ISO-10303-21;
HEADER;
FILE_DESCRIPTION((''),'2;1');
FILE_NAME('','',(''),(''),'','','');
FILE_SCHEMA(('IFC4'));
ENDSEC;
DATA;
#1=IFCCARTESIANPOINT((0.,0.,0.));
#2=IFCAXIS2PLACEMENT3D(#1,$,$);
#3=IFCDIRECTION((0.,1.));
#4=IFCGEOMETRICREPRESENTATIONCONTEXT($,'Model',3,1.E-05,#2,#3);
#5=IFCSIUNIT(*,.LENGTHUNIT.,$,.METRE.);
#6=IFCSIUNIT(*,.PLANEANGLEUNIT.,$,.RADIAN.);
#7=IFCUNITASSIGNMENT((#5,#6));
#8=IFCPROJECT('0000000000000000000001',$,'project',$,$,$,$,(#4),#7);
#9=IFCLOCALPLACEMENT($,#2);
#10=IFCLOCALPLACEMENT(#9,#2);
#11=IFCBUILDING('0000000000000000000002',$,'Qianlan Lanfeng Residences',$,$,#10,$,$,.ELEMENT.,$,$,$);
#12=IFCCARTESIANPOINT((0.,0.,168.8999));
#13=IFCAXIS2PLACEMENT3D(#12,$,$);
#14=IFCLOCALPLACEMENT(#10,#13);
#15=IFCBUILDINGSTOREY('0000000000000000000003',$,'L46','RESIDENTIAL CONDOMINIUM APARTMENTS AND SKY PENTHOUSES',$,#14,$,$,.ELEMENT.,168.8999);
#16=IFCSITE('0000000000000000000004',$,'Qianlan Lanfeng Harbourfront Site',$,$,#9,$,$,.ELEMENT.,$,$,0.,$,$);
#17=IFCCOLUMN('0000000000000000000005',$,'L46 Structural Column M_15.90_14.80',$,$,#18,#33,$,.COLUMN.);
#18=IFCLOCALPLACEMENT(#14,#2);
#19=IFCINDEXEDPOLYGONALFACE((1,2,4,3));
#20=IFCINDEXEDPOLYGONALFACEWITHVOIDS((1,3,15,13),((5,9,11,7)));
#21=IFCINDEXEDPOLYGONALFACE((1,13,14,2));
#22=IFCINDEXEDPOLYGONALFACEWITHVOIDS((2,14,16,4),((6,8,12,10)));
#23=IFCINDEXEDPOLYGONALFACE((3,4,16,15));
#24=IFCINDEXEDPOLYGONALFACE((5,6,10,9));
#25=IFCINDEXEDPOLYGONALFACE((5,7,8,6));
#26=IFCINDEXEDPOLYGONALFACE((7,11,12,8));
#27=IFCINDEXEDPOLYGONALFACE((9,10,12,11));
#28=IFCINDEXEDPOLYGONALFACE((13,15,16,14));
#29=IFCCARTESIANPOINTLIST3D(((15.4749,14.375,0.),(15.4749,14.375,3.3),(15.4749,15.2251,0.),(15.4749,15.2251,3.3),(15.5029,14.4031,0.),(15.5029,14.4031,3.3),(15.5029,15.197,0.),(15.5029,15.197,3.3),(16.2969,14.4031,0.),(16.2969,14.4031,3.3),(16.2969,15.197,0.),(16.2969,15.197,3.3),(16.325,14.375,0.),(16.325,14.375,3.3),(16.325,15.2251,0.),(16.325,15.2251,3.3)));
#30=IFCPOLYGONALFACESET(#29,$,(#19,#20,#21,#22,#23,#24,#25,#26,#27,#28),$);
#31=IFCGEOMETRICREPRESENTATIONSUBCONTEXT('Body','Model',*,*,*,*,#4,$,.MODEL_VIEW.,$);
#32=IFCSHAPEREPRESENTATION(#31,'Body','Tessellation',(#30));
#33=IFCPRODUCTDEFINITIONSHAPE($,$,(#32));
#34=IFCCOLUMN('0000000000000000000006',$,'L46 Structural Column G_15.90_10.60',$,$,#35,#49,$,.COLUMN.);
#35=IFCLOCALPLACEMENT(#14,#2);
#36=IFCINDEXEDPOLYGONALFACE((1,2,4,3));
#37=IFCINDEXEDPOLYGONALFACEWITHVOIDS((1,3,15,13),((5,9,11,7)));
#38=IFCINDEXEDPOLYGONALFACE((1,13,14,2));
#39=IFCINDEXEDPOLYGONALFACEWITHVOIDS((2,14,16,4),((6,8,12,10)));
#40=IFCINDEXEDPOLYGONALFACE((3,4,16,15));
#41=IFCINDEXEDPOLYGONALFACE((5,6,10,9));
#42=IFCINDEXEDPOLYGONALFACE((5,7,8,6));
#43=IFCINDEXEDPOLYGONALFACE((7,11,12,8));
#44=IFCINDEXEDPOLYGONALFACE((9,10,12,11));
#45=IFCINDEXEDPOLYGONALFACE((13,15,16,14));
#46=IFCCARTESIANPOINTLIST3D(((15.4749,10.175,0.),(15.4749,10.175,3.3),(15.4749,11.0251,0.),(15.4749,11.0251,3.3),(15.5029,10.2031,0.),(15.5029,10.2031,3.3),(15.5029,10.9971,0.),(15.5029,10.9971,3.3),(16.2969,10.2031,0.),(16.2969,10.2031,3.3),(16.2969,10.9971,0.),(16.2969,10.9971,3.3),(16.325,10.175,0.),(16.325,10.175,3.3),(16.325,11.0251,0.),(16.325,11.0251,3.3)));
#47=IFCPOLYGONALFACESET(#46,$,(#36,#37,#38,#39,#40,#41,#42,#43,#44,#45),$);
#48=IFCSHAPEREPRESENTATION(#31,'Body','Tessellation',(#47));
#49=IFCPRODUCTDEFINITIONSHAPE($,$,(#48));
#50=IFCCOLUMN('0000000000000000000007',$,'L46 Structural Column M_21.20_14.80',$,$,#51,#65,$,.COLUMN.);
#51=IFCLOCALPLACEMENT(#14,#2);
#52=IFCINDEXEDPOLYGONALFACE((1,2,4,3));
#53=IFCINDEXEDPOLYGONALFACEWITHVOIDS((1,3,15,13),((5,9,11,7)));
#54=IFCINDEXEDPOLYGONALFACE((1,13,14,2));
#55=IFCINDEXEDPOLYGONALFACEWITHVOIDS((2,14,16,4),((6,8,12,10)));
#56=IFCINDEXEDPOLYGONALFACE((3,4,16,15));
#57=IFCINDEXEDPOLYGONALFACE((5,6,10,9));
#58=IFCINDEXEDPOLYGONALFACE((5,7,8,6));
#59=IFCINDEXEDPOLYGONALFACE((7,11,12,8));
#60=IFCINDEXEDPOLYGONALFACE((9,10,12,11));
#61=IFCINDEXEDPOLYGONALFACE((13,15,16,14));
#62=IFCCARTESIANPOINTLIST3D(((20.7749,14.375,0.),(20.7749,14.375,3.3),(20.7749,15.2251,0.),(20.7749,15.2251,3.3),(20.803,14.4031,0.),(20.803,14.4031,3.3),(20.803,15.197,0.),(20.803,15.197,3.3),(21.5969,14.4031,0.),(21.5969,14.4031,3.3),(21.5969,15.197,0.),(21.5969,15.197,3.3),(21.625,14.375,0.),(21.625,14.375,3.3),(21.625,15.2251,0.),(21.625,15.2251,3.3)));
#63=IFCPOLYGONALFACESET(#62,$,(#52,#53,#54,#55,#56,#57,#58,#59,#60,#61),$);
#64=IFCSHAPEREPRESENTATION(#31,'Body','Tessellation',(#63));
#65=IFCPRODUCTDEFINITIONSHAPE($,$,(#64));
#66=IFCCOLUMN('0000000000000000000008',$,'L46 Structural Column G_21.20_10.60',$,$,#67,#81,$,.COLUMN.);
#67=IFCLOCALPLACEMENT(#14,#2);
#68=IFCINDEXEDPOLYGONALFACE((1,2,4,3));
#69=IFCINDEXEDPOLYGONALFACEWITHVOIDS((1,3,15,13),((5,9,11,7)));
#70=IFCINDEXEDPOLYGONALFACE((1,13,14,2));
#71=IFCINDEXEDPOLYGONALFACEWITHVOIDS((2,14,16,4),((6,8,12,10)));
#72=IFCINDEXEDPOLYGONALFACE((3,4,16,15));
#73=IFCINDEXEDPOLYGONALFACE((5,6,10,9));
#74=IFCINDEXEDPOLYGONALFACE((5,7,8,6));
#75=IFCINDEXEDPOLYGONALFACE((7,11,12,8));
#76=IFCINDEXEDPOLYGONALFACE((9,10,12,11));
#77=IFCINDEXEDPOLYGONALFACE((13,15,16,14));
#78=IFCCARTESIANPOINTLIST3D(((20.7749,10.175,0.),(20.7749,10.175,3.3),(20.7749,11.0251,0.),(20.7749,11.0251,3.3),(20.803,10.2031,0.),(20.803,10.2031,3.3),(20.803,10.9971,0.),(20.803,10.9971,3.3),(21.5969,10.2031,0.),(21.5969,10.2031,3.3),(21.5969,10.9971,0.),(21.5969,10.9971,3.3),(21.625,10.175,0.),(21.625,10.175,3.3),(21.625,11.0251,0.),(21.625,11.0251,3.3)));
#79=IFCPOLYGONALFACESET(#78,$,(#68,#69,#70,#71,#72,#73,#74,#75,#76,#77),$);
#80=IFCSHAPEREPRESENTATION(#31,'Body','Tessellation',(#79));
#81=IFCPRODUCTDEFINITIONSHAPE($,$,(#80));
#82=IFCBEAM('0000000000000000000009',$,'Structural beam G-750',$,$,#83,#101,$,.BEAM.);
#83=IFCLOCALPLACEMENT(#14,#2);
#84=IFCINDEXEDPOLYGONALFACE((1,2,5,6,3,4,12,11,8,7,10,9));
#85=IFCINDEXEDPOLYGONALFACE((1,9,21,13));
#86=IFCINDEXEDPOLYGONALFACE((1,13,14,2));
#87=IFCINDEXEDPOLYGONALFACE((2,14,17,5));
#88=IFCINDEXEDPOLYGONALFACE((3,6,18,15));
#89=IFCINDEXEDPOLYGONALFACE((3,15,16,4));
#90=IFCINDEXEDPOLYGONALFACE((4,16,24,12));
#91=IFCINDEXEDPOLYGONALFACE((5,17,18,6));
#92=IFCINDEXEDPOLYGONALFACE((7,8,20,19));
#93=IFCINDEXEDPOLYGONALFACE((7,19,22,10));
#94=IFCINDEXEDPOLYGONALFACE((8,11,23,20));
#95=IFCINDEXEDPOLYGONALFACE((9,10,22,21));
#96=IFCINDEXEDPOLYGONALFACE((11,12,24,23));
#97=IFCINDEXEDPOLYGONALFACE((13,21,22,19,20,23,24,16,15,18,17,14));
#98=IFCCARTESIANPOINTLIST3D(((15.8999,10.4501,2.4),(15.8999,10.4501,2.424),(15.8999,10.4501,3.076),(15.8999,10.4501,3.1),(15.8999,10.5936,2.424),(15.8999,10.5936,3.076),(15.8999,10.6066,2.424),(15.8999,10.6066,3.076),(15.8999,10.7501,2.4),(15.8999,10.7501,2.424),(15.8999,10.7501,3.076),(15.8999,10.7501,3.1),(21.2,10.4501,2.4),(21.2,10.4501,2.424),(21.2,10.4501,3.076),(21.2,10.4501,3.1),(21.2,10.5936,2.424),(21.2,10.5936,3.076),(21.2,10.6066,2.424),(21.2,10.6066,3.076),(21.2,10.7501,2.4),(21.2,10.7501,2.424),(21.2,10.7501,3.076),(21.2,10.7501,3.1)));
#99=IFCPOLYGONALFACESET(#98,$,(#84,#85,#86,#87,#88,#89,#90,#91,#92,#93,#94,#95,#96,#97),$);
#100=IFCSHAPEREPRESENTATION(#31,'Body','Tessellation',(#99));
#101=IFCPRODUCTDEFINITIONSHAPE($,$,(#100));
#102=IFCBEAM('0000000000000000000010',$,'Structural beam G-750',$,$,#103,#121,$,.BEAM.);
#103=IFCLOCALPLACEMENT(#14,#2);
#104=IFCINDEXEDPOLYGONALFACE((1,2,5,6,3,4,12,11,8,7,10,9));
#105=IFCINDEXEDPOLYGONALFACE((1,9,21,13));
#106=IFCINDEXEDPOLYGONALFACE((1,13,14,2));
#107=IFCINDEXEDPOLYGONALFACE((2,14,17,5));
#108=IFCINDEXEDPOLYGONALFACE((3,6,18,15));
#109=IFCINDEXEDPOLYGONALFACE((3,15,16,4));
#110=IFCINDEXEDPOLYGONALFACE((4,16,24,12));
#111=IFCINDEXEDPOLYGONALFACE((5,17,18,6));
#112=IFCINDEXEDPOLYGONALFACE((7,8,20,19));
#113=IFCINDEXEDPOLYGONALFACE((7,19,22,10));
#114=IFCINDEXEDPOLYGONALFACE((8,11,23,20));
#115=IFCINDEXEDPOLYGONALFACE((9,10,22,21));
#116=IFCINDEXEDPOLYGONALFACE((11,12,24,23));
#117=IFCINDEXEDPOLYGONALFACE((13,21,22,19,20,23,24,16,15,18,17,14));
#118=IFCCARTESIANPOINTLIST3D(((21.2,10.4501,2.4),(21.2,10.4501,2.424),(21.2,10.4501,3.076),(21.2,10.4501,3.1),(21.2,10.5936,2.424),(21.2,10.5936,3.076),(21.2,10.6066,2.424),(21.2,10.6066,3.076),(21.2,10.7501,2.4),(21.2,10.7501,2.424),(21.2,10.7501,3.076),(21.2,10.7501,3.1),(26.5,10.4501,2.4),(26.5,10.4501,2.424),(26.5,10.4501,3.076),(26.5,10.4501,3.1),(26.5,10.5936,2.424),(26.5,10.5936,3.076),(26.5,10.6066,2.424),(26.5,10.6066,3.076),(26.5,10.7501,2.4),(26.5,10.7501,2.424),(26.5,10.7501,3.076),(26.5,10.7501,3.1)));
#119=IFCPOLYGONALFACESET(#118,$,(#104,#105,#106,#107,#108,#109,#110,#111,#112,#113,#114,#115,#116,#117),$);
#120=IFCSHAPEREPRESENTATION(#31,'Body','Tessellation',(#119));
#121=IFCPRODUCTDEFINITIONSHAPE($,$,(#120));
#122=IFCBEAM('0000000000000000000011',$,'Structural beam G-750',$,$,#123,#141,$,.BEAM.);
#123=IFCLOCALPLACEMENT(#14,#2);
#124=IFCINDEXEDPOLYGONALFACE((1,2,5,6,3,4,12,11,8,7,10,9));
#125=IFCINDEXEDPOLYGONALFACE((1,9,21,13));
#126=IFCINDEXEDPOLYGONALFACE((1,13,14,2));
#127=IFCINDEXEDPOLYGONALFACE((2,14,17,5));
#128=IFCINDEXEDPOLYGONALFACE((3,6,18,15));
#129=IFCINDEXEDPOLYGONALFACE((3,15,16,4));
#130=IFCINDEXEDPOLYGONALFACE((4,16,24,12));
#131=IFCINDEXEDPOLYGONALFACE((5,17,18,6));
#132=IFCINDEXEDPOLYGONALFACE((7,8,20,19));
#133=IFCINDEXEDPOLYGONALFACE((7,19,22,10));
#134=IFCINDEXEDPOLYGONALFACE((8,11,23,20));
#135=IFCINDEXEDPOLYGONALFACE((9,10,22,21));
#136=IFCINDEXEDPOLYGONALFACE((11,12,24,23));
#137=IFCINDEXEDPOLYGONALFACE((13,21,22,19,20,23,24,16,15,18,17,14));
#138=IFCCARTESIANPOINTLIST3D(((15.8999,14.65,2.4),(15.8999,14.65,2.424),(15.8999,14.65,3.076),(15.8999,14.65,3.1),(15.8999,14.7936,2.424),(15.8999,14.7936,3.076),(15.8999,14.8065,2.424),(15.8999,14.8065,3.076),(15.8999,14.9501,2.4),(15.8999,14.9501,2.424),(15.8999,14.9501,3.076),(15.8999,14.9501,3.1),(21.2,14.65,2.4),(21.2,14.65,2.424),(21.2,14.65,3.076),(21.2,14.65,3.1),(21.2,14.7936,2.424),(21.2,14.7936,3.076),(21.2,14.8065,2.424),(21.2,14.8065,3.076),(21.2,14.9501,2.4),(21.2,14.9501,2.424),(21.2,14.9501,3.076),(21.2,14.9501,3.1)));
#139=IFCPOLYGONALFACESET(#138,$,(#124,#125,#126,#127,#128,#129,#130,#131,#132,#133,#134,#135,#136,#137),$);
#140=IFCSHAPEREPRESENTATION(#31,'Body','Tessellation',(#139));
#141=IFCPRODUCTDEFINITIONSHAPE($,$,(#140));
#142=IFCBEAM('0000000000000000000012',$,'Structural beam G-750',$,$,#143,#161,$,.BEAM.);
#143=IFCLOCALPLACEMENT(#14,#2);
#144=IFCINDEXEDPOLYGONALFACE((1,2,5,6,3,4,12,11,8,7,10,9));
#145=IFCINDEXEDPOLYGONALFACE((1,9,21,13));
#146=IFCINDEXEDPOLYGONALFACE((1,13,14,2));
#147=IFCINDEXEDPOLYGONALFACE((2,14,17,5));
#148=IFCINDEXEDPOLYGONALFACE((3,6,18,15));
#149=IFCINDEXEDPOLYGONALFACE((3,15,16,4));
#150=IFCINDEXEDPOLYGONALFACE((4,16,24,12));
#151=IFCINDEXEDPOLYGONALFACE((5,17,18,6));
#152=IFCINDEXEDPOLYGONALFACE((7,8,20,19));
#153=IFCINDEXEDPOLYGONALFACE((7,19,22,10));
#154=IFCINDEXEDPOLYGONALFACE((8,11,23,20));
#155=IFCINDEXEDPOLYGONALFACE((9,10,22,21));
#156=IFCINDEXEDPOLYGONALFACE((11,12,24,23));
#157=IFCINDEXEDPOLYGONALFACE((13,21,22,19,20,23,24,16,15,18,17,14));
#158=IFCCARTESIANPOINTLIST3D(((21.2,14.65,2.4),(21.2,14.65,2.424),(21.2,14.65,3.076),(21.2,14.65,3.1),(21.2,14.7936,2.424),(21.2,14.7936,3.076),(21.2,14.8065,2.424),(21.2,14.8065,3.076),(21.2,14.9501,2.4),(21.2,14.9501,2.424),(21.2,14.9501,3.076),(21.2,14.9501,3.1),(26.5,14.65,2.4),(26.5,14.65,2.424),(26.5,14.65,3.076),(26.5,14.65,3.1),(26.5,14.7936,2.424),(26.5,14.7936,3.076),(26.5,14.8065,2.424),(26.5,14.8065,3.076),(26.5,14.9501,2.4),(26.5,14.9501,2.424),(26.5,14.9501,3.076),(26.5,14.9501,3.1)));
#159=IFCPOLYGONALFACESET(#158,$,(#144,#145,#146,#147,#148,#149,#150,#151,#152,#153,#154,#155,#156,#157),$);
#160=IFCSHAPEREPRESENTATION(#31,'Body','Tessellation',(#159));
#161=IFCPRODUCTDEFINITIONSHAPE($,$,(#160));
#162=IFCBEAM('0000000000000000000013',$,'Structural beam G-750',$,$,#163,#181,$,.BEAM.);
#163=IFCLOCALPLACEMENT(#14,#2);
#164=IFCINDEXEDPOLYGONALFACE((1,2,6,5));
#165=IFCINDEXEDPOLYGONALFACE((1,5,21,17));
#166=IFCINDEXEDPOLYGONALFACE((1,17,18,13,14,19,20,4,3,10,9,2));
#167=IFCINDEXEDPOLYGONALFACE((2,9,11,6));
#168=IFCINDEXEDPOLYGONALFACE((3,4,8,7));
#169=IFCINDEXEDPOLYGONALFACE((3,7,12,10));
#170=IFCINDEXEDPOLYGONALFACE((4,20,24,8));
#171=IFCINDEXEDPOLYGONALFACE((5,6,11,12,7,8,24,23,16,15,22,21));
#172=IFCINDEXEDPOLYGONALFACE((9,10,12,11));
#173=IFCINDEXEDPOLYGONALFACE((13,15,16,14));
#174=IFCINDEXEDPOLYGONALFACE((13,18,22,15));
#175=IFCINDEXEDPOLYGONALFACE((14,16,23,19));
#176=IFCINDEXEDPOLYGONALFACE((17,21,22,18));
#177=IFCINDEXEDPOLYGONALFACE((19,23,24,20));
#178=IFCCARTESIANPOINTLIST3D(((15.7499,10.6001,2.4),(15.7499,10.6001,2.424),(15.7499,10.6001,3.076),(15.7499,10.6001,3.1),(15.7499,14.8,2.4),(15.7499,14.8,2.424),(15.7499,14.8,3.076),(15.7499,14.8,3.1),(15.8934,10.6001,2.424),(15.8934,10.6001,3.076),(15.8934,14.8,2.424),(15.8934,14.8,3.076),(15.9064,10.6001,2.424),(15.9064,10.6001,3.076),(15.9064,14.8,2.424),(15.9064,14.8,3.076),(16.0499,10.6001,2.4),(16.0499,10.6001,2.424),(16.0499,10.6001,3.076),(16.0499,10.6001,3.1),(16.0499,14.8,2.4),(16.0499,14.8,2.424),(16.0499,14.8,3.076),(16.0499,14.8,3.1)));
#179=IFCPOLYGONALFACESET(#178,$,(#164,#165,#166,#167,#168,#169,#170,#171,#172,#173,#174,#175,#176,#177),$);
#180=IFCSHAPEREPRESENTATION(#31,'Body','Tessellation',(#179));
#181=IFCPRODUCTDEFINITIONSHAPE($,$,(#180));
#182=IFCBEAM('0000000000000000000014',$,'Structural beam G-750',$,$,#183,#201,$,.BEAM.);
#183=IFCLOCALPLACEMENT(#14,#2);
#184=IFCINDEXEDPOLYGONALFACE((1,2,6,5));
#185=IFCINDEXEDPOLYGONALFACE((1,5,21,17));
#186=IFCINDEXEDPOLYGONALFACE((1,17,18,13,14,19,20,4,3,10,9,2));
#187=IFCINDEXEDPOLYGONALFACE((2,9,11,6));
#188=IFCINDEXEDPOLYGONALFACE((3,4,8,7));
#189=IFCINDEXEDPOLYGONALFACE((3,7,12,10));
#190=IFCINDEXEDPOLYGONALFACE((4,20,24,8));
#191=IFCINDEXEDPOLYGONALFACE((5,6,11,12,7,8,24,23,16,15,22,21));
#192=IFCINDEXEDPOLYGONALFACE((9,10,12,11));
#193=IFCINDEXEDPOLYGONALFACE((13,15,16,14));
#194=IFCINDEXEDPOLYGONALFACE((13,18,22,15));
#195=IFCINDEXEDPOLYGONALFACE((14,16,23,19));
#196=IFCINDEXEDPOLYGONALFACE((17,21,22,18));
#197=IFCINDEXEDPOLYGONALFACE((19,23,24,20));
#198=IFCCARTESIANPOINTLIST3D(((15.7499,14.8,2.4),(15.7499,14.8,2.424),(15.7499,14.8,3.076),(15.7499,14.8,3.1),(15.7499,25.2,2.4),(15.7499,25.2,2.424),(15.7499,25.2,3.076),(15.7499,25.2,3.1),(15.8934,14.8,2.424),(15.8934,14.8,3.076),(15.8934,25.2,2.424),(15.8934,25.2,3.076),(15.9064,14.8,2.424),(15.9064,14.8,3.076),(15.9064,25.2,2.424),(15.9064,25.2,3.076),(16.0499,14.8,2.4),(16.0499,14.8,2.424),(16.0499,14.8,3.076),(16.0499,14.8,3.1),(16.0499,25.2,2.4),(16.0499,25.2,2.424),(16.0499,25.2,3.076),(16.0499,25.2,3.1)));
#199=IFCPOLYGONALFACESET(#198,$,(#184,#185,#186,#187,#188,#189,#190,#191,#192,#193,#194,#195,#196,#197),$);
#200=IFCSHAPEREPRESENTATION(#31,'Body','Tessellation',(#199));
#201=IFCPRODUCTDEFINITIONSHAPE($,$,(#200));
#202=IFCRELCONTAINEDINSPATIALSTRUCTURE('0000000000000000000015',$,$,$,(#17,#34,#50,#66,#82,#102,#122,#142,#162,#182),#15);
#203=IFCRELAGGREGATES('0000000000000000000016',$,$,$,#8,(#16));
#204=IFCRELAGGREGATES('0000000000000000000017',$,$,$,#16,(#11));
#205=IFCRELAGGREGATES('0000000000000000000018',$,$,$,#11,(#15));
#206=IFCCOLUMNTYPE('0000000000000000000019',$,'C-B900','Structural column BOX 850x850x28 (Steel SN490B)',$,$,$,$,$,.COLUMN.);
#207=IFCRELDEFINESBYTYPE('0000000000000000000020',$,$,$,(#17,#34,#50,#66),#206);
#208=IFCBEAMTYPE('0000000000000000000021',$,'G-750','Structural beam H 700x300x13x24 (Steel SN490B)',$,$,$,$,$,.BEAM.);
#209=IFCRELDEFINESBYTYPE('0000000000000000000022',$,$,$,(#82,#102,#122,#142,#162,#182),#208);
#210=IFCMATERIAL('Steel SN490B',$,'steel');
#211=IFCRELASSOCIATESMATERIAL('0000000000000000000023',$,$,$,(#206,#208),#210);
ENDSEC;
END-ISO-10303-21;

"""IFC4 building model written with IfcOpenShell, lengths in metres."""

from ifc_helpers import new_model, si_unit, direction, frame, origin, origin_2d, place, context, subcontext, project, spatial, hollow_rectangle, i_section, extrude, material, material_profile, profile_set, type_object, element, save


model = new_model("IFC4")

# Units and contexts
model_context = context("Model", 3, precision=1e-05, world=origin(), true_north=direction((0.0, 1.0)))
body_context = subcontext(model_context, "Body", "Model", "MODEL_VIEW")
ifc_project = project(units=[si_unit("LENGTHUNIT", "METRE"), si_unit("PLANEANGLEUNIT", "RADIAN")], contexts=[model_context])

# Site, building, storey
site_placement = place(None, origin())
site = spatial("IfcSite", under=ifc_project, at=site_placement, Name="Qianlan Lanfeng Harbourfront Site", CompositionType="ELEMENT", RefElevation=0.0)
building_placement = place(site_placement, origin())
building = spatial("IfcBuilding", under=site, at=building_placement, Name="Qianlan Lanfeng Residences", CompositionType="ELEMENT")
storey_placement = place(building_placement, frame((0.0, 0.0, 168.8999)))
storey = spatial("IfcBuildingStorey", under=building, at=storey_placement, Name="L46", Description="RESIDENTIAL CONDOMINIUM APARTMENTS AND SKY PENTHOUSES", CompositionType="ELEMENT", Elevation=168.8999)

# Columns
ifc_material_1 = material(Name="Steel SN490B", Category="steel")
ifc_material_profile_1 = material_profile(ifc_material_1, hollow_rectangle(XDim=0.8501, YDim=0.8501, WallThickness=0.0281, at=origin_2d()), Name="BOX 850x850x28")
ifc_profile_set_1 = profile_set([ifc_material_profile_1], Name="Steel SN490B")
column_type = type_object("IfcColumnType", Name="C-B900", Description="Structural column BOX 850x850x28 (Steel SN490B)", PredefinedType="COLUMN", material=ifc_profile_set_1)
for number, where, z_axis, x_axis, name in (
    (1, (15.8999, 14.8, 0.0), (0.0, 0.0, 1.0), (1.0, 0.0, 0.0), "L46 Structural Column M_15.90_14.80"),
    (2, (15.8999, 10.6001, 0.0), (0.0, 0.0, 1.0), (1.0, 0.0, 0.0), "L46 Structural Column G_15.90_10.60"),
    (3, (21.2, 14.8, 0.0), (0.0, 0.0, 1.0), (1.0, 0.0, 0.0), "L46 Structural Column M_21.20_14.80"),
    (4, (21.2, 10.6001, 0.0), (0.0, 0.0, 1.0), (1.0, 0.0, 0.0), "L46 Structural Column G_21.20_10.60"),
):
    element("IfcColumn", number, at=place(storey_placement, frame(where, z_axis=z_axis, x_axis=x_axis)), inside=storey, type_object=column_type, Name=name, PredefinedType="COLUMN", context=body_context, shape_type="SweptSolid", body=[
        extrude(hollow_rectangle(XDim=0.8501, YDim=0.8501, WallThickness=0.0281, at=origin_2d()), origin(), (0.0, 0.0, 1.0), 3.3),
    ])

# Beams
ifc_material_profile_2 = material_profile(ifc_material_1, i_section(OverallWidth=0.3, OverallDepth=0.7, WebThickness=0.0129, FlangeThickness=0.0239, at=origin_2d()), Name="H 700x300x13x24")
ifc_profile_set_2 = profile_set([ifc_material_profile_2], Name="Steel SN490B")
beam_type_1 = type_object("IfcBeamType", Name="G-750", Description="Structural beam H 700x300x13x24 (Steel SN490B)", PredefinedType="BEAM", material=ifc_profile_set_2)
for number, where, z_axis, x_axis, name in (
    (5, (15.8999, 10.6001, 2.75), (1.0, 0.0, 0.0), (0.0, 1.0, 0.0), "Structural beam G-750"),
    (6, (21.2, 10.6001, 2.75), (1.0, 0.0, 0.0), (0.0, 1.0, 0.0), "Structural beam G-750"),
    (7, (15.8999, 14.8, 2.75), (1.0, 0.0, 0.0), (0.0, 1.0, 0.0), "Structural beam G-750"),
    (8, (21.2, 14.8, 2.75), (1.0, 0.0, 0.0), (0.0, 1.0, 0.0), "Structural beam G-750"),
):
    element("IfcBeam", number, at=place(storey_placement, frame(where, z_axis=z_axis, x_axis=x_axis)), inside=storey, type_object=beam_type_1, Name=name, PredefinedType="BEAM", context=body_context, shape_type="SweptSolid", body=[
        extrude(i_section(OverallWidth=0.3, OverallDepth=0.7, WebThickness=0.0129, FlangeThickness=0.0239, at=origin_2d()), origin(), (0.0, 0.0, 1.0), 5.3),
    ])
beam_1_placement = place(storey_placement, frame((15.8999, 10.6001, 2.75), z_axis=(0.0, 1.0, 0.0), x_axis=(-1.0, 0.0, 0.0)))
element("IfcBeam", 9, at=beam_1_placement, inside=storey, type_object=beam_type_1, Name="Structural beam G-750", PredefinedType="BEAM", context=body_context, shape_type="SweptSolid", body=[
    extrude(i_section(OverallWidth=0.3, OverallDepth=0.7, WebThickness=0.0129, FlangeThickness=0.0239, at=origin_2d()), origin(), (0.0, 0.0, 1.0), 4.2),
])
beam_2_placement = place(storey_placement, frame((15.8999, 14.8, 2.75), z_axis=(0.0, 1.0, 0.0), x_axis=(-1.0, 0.0, 0.0)))
element("IfcBeam", 10, at=beam_2_placement, inside=storey, type_object=beam_type_1, Name="Structural beam G-750", PredefinedType="BEAM", context=body_context, shape_type="SweptSolid", body=[
    extrude(i_section(OverallWidth=0.3, OverallDepth=0.7, WebThickness=0.0129, FlangeThickness=0.0239, at=origin_2d()), origin(), (0.0, 0.0, 1.0), 10.3999),
])

save(model, "model.ifc")
